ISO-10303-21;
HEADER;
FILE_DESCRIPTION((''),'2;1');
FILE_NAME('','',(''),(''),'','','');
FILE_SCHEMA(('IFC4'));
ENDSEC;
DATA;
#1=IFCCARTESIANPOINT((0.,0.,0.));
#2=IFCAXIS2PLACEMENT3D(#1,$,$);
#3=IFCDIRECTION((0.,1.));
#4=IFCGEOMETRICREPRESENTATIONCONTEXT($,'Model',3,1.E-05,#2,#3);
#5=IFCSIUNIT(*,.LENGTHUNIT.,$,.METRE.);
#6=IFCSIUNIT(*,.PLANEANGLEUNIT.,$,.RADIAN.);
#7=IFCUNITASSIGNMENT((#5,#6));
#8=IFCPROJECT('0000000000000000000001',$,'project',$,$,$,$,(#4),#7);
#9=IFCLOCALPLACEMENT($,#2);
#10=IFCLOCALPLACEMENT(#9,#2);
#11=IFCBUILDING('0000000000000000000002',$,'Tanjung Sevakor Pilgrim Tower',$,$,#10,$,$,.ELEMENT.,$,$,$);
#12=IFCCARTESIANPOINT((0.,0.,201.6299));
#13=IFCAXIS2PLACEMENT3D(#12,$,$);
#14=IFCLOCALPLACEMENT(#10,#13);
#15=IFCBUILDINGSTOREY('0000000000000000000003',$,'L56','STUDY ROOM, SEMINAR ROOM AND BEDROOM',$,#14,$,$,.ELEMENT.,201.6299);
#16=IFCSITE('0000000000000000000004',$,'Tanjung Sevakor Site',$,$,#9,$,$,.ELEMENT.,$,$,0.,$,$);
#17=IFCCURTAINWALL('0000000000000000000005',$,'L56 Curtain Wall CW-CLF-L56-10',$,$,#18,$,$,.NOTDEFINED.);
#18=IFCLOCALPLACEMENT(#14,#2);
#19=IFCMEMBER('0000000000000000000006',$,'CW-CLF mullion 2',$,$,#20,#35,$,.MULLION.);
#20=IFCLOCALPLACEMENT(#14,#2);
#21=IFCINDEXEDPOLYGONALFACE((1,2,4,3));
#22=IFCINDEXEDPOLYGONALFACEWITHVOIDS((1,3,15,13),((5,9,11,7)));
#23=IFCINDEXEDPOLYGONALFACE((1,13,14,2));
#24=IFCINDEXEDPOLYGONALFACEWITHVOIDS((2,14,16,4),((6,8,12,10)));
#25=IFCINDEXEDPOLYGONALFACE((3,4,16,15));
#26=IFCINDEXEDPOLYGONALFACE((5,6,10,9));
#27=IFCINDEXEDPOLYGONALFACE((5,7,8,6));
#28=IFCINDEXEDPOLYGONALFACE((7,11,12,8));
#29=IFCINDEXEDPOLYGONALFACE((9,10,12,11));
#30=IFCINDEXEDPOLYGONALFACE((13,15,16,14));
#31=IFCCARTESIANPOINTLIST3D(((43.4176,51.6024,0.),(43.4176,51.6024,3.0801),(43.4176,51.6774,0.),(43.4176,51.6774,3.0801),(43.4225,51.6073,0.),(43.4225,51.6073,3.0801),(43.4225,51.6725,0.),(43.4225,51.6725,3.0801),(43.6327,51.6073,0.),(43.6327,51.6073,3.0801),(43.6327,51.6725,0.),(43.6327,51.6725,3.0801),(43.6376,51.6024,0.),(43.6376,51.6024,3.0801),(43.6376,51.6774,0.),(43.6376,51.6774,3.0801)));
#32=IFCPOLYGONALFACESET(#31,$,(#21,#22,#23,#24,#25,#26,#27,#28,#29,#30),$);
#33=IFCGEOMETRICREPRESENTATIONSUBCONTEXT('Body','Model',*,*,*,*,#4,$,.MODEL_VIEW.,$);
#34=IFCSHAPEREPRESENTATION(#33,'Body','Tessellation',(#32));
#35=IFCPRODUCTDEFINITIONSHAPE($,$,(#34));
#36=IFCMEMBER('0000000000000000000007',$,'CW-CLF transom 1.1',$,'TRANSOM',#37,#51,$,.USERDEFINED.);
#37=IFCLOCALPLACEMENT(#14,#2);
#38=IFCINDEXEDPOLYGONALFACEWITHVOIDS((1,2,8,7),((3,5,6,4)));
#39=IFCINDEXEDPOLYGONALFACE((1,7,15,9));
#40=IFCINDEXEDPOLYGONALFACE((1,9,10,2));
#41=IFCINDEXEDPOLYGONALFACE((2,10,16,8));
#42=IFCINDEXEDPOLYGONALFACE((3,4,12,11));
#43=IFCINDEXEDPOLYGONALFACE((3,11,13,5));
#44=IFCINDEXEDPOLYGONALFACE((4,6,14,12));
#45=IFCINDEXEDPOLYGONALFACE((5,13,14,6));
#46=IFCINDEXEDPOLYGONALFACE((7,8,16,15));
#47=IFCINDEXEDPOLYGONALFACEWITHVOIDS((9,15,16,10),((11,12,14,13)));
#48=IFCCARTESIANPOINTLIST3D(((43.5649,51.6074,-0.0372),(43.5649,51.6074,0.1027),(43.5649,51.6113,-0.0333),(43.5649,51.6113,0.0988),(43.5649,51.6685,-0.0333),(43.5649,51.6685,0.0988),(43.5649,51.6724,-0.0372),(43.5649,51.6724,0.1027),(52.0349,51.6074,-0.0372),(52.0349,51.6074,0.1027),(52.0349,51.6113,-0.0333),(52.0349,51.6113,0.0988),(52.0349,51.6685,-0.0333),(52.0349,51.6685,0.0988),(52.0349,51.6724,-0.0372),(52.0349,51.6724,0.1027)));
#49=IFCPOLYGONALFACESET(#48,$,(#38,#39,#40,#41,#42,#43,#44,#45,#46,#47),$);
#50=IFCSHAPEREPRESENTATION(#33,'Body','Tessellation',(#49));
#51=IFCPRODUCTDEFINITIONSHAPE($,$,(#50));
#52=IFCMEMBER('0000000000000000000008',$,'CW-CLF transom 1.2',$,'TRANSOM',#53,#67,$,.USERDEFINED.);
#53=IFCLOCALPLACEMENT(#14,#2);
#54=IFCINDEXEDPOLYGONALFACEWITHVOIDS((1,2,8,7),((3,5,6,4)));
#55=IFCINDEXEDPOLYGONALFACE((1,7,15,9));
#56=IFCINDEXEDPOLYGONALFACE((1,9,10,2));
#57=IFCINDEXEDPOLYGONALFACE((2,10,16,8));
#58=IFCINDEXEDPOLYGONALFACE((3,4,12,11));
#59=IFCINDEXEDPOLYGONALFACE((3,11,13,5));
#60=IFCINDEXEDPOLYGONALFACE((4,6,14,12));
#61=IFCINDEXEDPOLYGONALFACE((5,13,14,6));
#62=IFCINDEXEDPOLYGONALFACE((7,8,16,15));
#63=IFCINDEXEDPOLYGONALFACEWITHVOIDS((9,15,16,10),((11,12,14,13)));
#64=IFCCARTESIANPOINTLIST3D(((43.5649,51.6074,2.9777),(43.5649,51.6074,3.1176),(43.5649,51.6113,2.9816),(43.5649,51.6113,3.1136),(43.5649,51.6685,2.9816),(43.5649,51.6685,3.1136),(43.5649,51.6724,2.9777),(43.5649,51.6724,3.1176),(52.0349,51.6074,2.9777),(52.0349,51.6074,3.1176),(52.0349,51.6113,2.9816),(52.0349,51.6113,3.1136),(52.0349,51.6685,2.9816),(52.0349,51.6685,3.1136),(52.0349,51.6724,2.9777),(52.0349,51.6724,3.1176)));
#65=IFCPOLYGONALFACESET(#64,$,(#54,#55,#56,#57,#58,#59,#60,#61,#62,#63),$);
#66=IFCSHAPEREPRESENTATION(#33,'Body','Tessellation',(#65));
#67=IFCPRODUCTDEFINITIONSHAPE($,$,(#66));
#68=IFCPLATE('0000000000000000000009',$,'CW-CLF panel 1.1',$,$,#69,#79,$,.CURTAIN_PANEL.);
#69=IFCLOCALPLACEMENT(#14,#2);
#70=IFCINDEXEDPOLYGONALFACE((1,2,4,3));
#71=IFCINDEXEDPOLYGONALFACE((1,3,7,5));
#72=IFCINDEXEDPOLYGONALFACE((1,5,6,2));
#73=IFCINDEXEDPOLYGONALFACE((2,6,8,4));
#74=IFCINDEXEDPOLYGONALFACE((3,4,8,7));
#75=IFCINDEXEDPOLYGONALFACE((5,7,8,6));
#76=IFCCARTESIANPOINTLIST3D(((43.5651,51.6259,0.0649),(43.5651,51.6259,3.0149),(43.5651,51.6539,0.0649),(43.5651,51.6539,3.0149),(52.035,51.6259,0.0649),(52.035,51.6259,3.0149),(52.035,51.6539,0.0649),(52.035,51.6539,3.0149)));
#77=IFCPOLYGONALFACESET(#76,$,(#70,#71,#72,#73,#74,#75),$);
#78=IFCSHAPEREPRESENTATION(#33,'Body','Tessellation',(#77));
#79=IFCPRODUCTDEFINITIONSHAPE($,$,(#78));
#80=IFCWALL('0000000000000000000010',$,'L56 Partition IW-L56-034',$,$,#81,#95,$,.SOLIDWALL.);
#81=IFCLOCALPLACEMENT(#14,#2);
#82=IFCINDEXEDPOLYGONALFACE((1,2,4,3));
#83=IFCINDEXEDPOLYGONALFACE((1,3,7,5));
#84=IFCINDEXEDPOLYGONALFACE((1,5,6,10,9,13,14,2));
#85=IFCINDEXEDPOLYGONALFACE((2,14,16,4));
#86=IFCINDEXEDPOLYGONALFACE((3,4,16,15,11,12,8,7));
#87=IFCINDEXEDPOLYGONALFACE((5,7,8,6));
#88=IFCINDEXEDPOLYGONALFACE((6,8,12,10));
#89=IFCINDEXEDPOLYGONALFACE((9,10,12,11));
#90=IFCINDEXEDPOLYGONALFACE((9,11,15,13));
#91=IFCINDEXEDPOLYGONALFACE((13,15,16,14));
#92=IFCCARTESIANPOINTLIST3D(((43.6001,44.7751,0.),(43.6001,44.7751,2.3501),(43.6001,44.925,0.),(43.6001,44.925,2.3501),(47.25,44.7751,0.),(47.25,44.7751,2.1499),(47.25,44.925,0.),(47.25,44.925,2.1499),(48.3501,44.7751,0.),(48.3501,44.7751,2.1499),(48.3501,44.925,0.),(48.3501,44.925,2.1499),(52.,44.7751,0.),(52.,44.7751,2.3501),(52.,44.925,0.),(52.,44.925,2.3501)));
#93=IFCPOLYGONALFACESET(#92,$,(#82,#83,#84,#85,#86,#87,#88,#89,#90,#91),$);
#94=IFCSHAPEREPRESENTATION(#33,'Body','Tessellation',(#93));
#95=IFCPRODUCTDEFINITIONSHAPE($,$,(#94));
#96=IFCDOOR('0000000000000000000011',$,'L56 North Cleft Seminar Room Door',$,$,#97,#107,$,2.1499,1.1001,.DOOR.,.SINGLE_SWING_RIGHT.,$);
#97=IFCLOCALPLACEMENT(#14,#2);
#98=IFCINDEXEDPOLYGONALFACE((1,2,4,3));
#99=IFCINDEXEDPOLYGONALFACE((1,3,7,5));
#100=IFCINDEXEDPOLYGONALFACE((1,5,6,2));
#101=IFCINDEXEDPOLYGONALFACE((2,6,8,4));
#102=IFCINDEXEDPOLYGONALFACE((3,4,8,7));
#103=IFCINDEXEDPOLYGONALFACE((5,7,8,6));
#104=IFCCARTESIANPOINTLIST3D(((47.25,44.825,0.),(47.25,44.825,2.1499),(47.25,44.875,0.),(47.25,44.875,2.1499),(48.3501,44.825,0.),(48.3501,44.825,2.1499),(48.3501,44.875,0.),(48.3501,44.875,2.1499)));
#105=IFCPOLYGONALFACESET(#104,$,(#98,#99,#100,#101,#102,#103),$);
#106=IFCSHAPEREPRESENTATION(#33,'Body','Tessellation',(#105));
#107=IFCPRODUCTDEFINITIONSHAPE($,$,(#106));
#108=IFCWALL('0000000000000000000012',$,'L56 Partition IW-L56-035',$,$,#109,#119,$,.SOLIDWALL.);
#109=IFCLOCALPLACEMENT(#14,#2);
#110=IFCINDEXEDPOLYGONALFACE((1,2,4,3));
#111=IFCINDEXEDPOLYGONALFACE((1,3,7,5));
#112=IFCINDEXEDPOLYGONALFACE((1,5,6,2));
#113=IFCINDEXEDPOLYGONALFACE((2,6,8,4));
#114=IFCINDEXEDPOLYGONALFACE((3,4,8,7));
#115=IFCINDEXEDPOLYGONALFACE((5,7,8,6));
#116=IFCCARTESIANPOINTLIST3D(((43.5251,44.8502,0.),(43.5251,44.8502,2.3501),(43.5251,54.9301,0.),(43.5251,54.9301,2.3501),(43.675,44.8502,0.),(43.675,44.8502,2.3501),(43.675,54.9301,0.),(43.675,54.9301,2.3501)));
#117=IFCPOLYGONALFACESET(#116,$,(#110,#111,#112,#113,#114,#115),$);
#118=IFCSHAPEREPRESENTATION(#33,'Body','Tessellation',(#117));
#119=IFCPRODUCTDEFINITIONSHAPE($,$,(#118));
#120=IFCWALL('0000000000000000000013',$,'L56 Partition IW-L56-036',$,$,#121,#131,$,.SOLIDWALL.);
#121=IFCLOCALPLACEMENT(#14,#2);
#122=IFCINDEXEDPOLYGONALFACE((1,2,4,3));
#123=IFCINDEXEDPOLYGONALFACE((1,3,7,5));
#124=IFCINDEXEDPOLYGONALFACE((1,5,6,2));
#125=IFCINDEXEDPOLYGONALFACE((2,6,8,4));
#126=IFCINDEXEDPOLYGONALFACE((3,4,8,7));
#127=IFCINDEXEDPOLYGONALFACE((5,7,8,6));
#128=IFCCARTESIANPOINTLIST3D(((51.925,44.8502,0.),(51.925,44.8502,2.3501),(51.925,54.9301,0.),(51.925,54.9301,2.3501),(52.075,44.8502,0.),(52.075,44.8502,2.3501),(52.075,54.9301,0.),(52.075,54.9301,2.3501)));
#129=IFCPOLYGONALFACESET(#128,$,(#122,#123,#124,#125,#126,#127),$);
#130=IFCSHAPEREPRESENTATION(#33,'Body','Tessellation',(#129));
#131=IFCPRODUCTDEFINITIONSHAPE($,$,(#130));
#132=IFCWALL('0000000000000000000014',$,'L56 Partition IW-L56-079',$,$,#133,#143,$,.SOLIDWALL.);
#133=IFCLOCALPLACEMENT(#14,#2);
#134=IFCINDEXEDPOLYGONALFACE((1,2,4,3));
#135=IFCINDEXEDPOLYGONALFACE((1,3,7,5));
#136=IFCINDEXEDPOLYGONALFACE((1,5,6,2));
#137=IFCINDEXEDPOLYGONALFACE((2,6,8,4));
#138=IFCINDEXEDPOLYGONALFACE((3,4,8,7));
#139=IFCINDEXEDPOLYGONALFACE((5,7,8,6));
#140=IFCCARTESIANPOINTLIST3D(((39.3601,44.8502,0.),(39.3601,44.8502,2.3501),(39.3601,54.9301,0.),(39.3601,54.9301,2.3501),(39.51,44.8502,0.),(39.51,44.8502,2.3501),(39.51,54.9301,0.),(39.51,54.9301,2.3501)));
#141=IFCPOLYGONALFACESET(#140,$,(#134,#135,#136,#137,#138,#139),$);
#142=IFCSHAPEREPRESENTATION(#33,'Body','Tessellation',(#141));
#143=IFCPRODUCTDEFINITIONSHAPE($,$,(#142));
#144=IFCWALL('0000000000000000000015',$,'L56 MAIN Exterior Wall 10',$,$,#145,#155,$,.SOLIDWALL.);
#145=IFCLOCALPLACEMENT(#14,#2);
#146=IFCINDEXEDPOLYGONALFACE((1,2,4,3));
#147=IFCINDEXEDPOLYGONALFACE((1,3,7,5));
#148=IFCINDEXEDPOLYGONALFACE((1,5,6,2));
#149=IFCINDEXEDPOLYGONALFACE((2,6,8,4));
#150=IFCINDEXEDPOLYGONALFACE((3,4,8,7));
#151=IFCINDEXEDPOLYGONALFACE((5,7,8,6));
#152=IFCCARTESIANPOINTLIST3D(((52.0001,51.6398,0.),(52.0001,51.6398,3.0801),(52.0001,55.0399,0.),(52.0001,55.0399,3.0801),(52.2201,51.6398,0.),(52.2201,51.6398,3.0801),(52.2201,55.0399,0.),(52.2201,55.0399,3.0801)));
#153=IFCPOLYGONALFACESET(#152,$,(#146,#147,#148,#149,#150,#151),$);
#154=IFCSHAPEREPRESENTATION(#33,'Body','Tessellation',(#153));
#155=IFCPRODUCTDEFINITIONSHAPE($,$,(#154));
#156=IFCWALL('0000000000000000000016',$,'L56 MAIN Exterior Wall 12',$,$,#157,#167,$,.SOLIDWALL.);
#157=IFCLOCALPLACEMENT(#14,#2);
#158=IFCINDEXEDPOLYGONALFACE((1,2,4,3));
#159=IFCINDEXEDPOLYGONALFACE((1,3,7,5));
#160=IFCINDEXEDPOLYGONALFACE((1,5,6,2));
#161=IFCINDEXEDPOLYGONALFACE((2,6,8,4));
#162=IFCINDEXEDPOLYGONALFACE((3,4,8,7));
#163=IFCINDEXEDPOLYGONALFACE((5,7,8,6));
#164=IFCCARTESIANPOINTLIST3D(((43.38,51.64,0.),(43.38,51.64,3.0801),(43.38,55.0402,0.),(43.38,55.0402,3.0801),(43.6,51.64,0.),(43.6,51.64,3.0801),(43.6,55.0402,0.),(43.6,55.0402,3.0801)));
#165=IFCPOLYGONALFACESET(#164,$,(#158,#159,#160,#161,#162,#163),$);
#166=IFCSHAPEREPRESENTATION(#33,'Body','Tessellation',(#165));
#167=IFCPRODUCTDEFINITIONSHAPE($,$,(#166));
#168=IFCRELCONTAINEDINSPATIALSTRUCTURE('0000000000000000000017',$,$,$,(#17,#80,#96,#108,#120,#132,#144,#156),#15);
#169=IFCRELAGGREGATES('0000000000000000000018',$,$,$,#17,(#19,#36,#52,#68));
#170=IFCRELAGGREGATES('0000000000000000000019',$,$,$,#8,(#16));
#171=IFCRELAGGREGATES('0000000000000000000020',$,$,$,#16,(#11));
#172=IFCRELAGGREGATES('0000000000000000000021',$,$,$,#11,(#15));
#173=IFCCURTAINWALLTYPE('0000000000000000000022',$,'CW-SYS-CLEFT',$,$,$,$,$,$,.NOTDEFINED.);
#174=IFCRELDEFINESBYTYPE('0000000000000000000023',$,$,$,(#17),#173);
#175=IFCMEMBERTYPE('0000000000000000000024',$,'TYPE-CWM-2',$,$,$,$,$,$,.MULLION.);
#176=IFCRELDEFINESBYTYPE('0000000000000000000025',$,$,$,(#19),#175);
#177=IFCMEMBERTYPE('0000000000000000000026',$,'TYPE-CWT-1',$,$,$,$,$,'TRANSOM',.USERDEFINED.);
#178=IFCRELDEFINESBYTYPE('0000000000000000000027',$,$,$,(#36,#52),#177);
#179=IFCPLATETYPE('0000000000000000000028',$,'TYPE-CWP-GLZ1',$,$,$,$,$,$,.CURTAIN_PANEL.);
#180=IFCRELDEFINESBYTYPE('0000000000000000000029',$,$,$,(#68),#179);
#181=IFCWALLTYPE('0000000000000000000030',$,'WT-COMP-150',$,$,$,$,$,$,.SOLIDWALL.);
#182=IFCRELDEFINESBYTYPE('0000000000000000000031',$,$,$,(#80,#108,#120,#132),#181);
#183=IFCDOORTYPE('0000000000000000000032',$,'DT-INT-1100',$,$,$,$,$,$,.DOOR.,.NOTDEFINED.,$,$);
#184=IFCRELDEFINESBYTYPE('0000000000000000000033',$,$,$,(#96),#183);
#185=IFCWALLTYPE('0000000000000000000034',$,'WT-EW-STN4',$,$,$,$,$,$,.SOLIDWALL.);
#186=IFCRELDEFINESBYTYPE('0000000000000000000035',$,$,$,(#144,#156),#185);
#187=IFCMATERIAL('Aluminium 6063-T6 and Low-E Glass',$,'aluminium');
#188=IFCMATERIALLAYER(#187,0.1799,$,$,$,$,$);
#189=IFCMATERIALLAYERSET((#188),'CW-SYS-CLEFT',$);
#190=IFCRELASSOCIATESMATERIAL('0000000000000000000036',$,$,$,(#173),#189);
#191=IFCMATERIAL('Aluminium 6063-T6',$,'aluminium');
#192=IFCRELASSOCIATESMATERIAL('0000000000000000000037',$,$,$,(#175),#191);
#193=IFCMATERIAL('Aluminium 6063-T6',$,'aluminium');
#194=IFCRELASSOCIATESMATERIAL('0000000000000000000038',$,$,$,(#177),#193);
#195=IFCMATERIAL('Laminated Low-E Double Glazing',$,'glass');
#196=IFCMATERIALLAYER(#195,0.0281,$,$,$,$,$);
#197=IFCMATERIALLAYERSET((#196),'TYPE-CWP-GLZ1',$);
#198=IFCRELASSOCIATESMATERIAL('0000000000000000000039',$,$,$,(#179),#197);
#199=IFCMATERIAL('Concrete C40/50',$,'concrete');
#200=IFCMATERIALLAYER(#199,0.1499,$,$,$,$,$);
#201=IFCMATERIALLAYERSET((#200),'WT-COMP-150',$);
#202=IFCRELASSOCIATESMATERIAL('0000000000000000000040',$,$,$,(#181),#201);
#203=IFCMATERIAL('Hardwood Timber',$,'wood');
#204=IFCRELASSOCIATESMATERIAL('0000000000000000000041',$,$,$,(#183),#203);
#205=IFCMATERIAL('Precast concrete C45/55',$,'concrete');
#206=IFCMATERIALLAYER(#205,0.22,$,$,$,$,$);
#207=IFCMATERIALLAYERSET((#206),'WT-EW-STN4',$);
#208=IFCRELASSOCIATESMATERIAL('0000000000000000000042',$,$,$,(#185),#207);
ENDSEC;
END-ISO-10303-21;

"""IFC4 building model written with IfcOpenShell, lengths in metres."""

from ifc_helpers import new_model, si_unit, direction, frame, frame_2d, origin, origin_2d, place, context, subcontext, project, spatial, rectangle, hollow_rectangle, extrude, material, layer, layer_set, material_profile, profile_set, type_object, element, fill, aggregate, save


model = new_model("IFC4")

# Units and contexts
model_context = context("Model", 3, precision=1e-05, world=origin(), true_north=direction((0.0, 1.0)))
body_context = subcontext(model_context, "Body", "Model", "MODEL_VIEW")
ifc_project = project(units=[si_unit("LENGTHUNIT", "METRE"), si_unit("PLANEANGLEUNIT", "RADIAN")], contexts=[model_context])

# Site, building, storey
site_placement = place(None, origin())
site = spatial("IfcSite", under=ifc_project, at=site_placement, Name="Tanjung Sevakor Site", CompositionType="ELEMENT", RefElevation=0.0)
building_placement = place(site_placement, origin())
building = spatial("IfcBuilding", under=site, at=building_placement, Name="Tanjung Sevakor Pilgrim Tower", CompositionType="ELEMENT")
storey_placement = place(building_placement, frame((0.0, 0.0, 201.6299)))
storey = spatial("IfcBuildingStorey", under=building, at=storey_placement, Name="L56", Description="STUDY ROOM, SEMINAR ROOM AND BEDROOM", CompositionType="ELEMENT", Elevation=201.6299)

# Curtain wall, members, plate
ifc_material_1 = material(Name="Aluminium 6063-T6 and Low-E Glass", Category="aluminium")
ifc_layer_1 = layer(ifc_material_1, 0.1799)
ifc_layer_set_1 = layer_set([ifc_layer_1], Name="CW-SYS-CLEFT")
curtain_wall_type = type_object("IfcCurtainWallType", Name="CW-SYS-CLEFT", PredefinedType="NOTDEFINED", material=ifc_layer_set_1)
curtain_wall_placement = place(storey_placement, origin())
curtain_wall = element("IfcCurtainWall", 1, at=curtain_wall_placement, inside=storey, type_object=curtain_wall_type, Name="L56 Curtain Wall CW-CLF-L56-10", PredefinedType="NOTDEFINED")
ifc_material_2 = material(Name="Aluminium 6063-T6", Category="aluminium")
ifc_material_profile_1 = material_profile(ifc_material_2, hollow_rectangle(XDim=0.075, YDim=0.22, WallThickness=0.0049, at=origin_2d()))
ifc_profile_set_1 = profile_set([ifc_material_profile_1], Name="Aluminium 6063-T6")
member_type_1 = type_object("IfcMemberType", Name="TYPE-CWM-2", PredefinedType="MULLION", material=ifc_profile_set_1)
member_1_placement = place(storey_placement, frame((43.5276, 51.6399, 0.0), z_axis=(0.0, 0.0, 1.0), x_axis=(0.0, -1.0, 0.0)))
member_1 = element("IfcMember", 2, at=member_1_placement, type_object=member_type_1, Name="CW-CLF mullion 2", PredefinedType="MULLION", context=body_context, shape_type="SweptSolid", body=[
    extrude(hollow_rectangle(XDim=0.075, YDim=0.22, WallThickness=0.0049, at=origin_2d()), origin(), (0.0, 0.0, 1.0), 3.0801),
])
ifc_material_3 = material(Name="Aluminium 6063-T6", Category="aluminium")
ifc_material_profile_2 = material_profile(ifc_material_3, hollow_rectangle(XDim=0.0649, YDim=0.1399, WallThickness=0.0039, at=origin_2d()))
ifc_profile_set_2 = profile_set([ifc_material_profile_2], Name="Aluminium 6063-T6")
member_type_2 = type_object("IfcMemberType", Name="TYPE-CWT-1", ElementType="TRANSOM", PredefinedType="USERDEFINED", material=ifc_profile_set_2)
member_2_placement = place(storey_placement, frame((52.0349, 51.6399, 0.0327), z_axis=(-1.0, 0.0, 0.0), x_axis=(0.0, -1.0, 0.0)))
member_2 = element("IfcMember", 3, at=member_2_placement, type_object=member_type_2, Name="CW-CLF transom 1.1", ObjectType="TRANSOM", PredefinedType="USERDEFINED", context=body_context, shape_type="SweptSolid", body=[
    extrude(hollow_rectangle(XDim=0.0649, YDim=0.1399, WallThickness=0.0039, at=origin_2d()), origin(), (0.0, 0.0, 1.0), 8.47),
])
member_3_placement = place(storey_placement, frame((52.0349, 51.6399, 3.0476), z_axis=(-1.0, 0.0, 0.0), x_axis=(0.0, -1.0, 0.0)))
member_3 = element("IfcMember", 4, at=member_3_placement, type_object=member_type_2, Name="CW-CLF transom 1.2", ObjectType="TRANSOM", PredefinedType="USERDEFINED", context=body_context, shape_type="SweptSolid", body=[
    extrude(hollow_rectangle(XDim=0.0649, YDim=0.1399, WallThickness=0.0039, at=origin_2d()), origin(), (0.0, 0.0, 1.0), 8.47),
])
ifc_material_4 = material(Name="Laminated Low-E Double Glazing", Category="glass")
ifc_layer_2 = layer(ifc_material_4, 0.0281)
ifc_layer_set_2 = layer_set([ifc_layer_2], Name="TYPE-CWP-GLZ1")
plate_type = type_object("IfcPlateType", Name="TYPE-CWP-GLZ1", PredefinedType="CURTAIN_PANEL", material=ifc_layer_set_2)
plate_placement = place(storey_placement, frame((47.8, 51.6399, 0.0649), z_axis=(0.0, 0.0, 1.0), x_axis=(-1.0, 0.0, 0.0)))
plate = element("IfcPlate", 5, at=plate_placement, type_object=plate_type, Name="CW-CLF panel 1.1", PredefinedType="CURTAIN_PANEL", context=body_context, shape_type="SweptSolid", body=[
    extrude(rectangle(XDim=8.47, YDim=0.0281, at=origin_2d()), origin(), (0.0, 0.0, 1.0), 2.95),
])
aggregate(curtain_wall, [member_1, member_2, member_3, plate])

# Wall, opening, door
ifc_material_5 = material(Name="Concrete C40/50", Category="concrete")
ifc_layer_3 = layer(ifc_material_5, 0.1499)
ifc_layer_set_3 = layer_set([ifc_layer_3], Name="WT-COMP-150")
wall_type_1 = type_object("IfcWallType", Name="WT-COMP-150", PredefinedType="SOLIDWALL", material=ifc_layer_set_3)
wall_1_placement = place(storey_placement, frame((43.6001, 44.8501, 0.0), z_axis=(0.0, 0.0, 1.0), x_axis=(1.0, 0.0, 0.0)))
wall_1 = element("IfcWall", 6, at=wall_1_placement, inside=storey, type_object=wall_type_1, Name="L56 Partition IW-L56-034", PredefinedType="SOLIDWALL", context=body_context, shape_type="SweptSolid", body=[
    extrude(rectangle(XDim=8.3999, YDim=0.1499, at=frame_2d((4.2, 0.0))), origin(), (0.0, 0.0, 1.0), 2.3501),
])
opening_1_placement = place(wall_1_placement, frame((3.6499, 0.0, 0.0)))
opening_1 = element("IfcOpeningElement", 7, at=opening_1_placement, cuts=wall_1, PredefinedType="OPENING", context=body_context, shape_type="SweptSolid", body=[
    extrude(rectangle(XDim=1.1001, YDim=2.1499, at=frame_2d((0.55, 1.075))), frame((0.0, 0.085, 0.0), z_axis=(0.0, -1.0, 0.0), x_axis=(1.0, 0.0, 0.0)), (0.0, 0.0, 1.0), 0.1699),
])
ifc_material_6 = material(Name="Hardwood Timber", Category="wood")
door_type_1 = type_object("IfcDoorType", Name="DT-INT-1100", OperationType="NOTDEFINED", PredefinedType="DOOR", material=ifc_material_6)
door_1_placement = place(opening_1_placement, origin())
door_1 = element("IfcDoor", 8, at=door_1_placement, inside=storey, type_object=door_type_1, Name="L56 North Cleft Seminar Room Door", OperationType="SINGLE_SWING_RIGHT", OverallHeight=2.1499, OverallWidth=1.1001, PredefinedType="DOOR", context=body_context, shape_type="SweptSolid", body=[
    extrude(rectangle(XDim=1.1001, YDim=2.1499, at=frame_2d((0.55, 1.075))), frame((0.0, 0.0249, 0.0), z_axis=(0.0, -1.0, 0.0), x_axis=(1.0, 0.0, 0.0)), (0.0, 0.0, 1.0), 0.05),
])
fill(opening_1, door_1)

# Walls
for number, where, z_axis, x_axis, name in (
    (9, (43.6001, 44.8501, 0.0), (0.0, 0.0, 1.0), (0.0, 1.0, 0.0), "L56 Partition IW-L56-035"),
    (10, (52.0, 44.8501, 0.0), (0.0, 0.0, 1.0), (0.0, 1.0, 0.0), "L56 Partition IW-L56-036"),
    (11, (39.4351, 44.8501, 0.0), (0.0, 0.0, 1.0), (0.0, 1.0, 0.0), "L56 Partition IW-L56-079"),
):
    element("IfcWall", number, at=place(storey_placement, frame(where, z_axis=z_axis, x_axis=x_axis)), inside=storey, type_object=wall_type_1, Name=name, PredefinedType="SOLIDWALL", context=body_context, shape_type="SweptSolid", body=[
        extrude(rectangle(XDim=10.0798, YDim=0.1499, at=frame_2d((5.04, 0.0))), origin(), (0.0, 0.0, 1.0), 2.3501),
    ])

# Walls
ifc_material_7 = material(Name="Precast concrete C45/55", Category="concrete")
ifc_layer_4 = layer(ifc_material_7, 0.22)
ifc_layer_set_4 = layer_set([ifc_layer_4], Name="WT-EW-STN4")
wall_type_2 = type_object("IfcWallType", Name="WT-EW-STN4", PredefinedType="SOLIDWALL", material=ifc_layer_set_4)
for number, where, z_axis, x_axis, name in (
    (12, (52.1101, 55.04, 0.0), (0.0, 0.0, 1.0), (0.0, -1.0, 0.0), "L56 MAIN Exterior Wall 10"),
    (13, (43.49, 51.6399, 0.0), (0.0, 0.0, 1.0), (0.0, 1.0, 0.0), "L56 MAIN Exterior Wall 12"),
):
    element("IfcWall", number, at=place(storey_placement, frame(where, z_axis=z_axis, x_axis=x_axis)), inside=storey, type_object=wall_type_2, Name=name, PredefinedType="SOLIDWALL", context=body_context, shape_type="SweptSolid", body=[
        extrude(rectangle(XDim=3.4001, YDim=0.22, at=frame_2d((1.7002, 0.0))), origin(), (0.0, 0.0, 1.0), 3.0801),
    ])

save(model, "model.ifc")
